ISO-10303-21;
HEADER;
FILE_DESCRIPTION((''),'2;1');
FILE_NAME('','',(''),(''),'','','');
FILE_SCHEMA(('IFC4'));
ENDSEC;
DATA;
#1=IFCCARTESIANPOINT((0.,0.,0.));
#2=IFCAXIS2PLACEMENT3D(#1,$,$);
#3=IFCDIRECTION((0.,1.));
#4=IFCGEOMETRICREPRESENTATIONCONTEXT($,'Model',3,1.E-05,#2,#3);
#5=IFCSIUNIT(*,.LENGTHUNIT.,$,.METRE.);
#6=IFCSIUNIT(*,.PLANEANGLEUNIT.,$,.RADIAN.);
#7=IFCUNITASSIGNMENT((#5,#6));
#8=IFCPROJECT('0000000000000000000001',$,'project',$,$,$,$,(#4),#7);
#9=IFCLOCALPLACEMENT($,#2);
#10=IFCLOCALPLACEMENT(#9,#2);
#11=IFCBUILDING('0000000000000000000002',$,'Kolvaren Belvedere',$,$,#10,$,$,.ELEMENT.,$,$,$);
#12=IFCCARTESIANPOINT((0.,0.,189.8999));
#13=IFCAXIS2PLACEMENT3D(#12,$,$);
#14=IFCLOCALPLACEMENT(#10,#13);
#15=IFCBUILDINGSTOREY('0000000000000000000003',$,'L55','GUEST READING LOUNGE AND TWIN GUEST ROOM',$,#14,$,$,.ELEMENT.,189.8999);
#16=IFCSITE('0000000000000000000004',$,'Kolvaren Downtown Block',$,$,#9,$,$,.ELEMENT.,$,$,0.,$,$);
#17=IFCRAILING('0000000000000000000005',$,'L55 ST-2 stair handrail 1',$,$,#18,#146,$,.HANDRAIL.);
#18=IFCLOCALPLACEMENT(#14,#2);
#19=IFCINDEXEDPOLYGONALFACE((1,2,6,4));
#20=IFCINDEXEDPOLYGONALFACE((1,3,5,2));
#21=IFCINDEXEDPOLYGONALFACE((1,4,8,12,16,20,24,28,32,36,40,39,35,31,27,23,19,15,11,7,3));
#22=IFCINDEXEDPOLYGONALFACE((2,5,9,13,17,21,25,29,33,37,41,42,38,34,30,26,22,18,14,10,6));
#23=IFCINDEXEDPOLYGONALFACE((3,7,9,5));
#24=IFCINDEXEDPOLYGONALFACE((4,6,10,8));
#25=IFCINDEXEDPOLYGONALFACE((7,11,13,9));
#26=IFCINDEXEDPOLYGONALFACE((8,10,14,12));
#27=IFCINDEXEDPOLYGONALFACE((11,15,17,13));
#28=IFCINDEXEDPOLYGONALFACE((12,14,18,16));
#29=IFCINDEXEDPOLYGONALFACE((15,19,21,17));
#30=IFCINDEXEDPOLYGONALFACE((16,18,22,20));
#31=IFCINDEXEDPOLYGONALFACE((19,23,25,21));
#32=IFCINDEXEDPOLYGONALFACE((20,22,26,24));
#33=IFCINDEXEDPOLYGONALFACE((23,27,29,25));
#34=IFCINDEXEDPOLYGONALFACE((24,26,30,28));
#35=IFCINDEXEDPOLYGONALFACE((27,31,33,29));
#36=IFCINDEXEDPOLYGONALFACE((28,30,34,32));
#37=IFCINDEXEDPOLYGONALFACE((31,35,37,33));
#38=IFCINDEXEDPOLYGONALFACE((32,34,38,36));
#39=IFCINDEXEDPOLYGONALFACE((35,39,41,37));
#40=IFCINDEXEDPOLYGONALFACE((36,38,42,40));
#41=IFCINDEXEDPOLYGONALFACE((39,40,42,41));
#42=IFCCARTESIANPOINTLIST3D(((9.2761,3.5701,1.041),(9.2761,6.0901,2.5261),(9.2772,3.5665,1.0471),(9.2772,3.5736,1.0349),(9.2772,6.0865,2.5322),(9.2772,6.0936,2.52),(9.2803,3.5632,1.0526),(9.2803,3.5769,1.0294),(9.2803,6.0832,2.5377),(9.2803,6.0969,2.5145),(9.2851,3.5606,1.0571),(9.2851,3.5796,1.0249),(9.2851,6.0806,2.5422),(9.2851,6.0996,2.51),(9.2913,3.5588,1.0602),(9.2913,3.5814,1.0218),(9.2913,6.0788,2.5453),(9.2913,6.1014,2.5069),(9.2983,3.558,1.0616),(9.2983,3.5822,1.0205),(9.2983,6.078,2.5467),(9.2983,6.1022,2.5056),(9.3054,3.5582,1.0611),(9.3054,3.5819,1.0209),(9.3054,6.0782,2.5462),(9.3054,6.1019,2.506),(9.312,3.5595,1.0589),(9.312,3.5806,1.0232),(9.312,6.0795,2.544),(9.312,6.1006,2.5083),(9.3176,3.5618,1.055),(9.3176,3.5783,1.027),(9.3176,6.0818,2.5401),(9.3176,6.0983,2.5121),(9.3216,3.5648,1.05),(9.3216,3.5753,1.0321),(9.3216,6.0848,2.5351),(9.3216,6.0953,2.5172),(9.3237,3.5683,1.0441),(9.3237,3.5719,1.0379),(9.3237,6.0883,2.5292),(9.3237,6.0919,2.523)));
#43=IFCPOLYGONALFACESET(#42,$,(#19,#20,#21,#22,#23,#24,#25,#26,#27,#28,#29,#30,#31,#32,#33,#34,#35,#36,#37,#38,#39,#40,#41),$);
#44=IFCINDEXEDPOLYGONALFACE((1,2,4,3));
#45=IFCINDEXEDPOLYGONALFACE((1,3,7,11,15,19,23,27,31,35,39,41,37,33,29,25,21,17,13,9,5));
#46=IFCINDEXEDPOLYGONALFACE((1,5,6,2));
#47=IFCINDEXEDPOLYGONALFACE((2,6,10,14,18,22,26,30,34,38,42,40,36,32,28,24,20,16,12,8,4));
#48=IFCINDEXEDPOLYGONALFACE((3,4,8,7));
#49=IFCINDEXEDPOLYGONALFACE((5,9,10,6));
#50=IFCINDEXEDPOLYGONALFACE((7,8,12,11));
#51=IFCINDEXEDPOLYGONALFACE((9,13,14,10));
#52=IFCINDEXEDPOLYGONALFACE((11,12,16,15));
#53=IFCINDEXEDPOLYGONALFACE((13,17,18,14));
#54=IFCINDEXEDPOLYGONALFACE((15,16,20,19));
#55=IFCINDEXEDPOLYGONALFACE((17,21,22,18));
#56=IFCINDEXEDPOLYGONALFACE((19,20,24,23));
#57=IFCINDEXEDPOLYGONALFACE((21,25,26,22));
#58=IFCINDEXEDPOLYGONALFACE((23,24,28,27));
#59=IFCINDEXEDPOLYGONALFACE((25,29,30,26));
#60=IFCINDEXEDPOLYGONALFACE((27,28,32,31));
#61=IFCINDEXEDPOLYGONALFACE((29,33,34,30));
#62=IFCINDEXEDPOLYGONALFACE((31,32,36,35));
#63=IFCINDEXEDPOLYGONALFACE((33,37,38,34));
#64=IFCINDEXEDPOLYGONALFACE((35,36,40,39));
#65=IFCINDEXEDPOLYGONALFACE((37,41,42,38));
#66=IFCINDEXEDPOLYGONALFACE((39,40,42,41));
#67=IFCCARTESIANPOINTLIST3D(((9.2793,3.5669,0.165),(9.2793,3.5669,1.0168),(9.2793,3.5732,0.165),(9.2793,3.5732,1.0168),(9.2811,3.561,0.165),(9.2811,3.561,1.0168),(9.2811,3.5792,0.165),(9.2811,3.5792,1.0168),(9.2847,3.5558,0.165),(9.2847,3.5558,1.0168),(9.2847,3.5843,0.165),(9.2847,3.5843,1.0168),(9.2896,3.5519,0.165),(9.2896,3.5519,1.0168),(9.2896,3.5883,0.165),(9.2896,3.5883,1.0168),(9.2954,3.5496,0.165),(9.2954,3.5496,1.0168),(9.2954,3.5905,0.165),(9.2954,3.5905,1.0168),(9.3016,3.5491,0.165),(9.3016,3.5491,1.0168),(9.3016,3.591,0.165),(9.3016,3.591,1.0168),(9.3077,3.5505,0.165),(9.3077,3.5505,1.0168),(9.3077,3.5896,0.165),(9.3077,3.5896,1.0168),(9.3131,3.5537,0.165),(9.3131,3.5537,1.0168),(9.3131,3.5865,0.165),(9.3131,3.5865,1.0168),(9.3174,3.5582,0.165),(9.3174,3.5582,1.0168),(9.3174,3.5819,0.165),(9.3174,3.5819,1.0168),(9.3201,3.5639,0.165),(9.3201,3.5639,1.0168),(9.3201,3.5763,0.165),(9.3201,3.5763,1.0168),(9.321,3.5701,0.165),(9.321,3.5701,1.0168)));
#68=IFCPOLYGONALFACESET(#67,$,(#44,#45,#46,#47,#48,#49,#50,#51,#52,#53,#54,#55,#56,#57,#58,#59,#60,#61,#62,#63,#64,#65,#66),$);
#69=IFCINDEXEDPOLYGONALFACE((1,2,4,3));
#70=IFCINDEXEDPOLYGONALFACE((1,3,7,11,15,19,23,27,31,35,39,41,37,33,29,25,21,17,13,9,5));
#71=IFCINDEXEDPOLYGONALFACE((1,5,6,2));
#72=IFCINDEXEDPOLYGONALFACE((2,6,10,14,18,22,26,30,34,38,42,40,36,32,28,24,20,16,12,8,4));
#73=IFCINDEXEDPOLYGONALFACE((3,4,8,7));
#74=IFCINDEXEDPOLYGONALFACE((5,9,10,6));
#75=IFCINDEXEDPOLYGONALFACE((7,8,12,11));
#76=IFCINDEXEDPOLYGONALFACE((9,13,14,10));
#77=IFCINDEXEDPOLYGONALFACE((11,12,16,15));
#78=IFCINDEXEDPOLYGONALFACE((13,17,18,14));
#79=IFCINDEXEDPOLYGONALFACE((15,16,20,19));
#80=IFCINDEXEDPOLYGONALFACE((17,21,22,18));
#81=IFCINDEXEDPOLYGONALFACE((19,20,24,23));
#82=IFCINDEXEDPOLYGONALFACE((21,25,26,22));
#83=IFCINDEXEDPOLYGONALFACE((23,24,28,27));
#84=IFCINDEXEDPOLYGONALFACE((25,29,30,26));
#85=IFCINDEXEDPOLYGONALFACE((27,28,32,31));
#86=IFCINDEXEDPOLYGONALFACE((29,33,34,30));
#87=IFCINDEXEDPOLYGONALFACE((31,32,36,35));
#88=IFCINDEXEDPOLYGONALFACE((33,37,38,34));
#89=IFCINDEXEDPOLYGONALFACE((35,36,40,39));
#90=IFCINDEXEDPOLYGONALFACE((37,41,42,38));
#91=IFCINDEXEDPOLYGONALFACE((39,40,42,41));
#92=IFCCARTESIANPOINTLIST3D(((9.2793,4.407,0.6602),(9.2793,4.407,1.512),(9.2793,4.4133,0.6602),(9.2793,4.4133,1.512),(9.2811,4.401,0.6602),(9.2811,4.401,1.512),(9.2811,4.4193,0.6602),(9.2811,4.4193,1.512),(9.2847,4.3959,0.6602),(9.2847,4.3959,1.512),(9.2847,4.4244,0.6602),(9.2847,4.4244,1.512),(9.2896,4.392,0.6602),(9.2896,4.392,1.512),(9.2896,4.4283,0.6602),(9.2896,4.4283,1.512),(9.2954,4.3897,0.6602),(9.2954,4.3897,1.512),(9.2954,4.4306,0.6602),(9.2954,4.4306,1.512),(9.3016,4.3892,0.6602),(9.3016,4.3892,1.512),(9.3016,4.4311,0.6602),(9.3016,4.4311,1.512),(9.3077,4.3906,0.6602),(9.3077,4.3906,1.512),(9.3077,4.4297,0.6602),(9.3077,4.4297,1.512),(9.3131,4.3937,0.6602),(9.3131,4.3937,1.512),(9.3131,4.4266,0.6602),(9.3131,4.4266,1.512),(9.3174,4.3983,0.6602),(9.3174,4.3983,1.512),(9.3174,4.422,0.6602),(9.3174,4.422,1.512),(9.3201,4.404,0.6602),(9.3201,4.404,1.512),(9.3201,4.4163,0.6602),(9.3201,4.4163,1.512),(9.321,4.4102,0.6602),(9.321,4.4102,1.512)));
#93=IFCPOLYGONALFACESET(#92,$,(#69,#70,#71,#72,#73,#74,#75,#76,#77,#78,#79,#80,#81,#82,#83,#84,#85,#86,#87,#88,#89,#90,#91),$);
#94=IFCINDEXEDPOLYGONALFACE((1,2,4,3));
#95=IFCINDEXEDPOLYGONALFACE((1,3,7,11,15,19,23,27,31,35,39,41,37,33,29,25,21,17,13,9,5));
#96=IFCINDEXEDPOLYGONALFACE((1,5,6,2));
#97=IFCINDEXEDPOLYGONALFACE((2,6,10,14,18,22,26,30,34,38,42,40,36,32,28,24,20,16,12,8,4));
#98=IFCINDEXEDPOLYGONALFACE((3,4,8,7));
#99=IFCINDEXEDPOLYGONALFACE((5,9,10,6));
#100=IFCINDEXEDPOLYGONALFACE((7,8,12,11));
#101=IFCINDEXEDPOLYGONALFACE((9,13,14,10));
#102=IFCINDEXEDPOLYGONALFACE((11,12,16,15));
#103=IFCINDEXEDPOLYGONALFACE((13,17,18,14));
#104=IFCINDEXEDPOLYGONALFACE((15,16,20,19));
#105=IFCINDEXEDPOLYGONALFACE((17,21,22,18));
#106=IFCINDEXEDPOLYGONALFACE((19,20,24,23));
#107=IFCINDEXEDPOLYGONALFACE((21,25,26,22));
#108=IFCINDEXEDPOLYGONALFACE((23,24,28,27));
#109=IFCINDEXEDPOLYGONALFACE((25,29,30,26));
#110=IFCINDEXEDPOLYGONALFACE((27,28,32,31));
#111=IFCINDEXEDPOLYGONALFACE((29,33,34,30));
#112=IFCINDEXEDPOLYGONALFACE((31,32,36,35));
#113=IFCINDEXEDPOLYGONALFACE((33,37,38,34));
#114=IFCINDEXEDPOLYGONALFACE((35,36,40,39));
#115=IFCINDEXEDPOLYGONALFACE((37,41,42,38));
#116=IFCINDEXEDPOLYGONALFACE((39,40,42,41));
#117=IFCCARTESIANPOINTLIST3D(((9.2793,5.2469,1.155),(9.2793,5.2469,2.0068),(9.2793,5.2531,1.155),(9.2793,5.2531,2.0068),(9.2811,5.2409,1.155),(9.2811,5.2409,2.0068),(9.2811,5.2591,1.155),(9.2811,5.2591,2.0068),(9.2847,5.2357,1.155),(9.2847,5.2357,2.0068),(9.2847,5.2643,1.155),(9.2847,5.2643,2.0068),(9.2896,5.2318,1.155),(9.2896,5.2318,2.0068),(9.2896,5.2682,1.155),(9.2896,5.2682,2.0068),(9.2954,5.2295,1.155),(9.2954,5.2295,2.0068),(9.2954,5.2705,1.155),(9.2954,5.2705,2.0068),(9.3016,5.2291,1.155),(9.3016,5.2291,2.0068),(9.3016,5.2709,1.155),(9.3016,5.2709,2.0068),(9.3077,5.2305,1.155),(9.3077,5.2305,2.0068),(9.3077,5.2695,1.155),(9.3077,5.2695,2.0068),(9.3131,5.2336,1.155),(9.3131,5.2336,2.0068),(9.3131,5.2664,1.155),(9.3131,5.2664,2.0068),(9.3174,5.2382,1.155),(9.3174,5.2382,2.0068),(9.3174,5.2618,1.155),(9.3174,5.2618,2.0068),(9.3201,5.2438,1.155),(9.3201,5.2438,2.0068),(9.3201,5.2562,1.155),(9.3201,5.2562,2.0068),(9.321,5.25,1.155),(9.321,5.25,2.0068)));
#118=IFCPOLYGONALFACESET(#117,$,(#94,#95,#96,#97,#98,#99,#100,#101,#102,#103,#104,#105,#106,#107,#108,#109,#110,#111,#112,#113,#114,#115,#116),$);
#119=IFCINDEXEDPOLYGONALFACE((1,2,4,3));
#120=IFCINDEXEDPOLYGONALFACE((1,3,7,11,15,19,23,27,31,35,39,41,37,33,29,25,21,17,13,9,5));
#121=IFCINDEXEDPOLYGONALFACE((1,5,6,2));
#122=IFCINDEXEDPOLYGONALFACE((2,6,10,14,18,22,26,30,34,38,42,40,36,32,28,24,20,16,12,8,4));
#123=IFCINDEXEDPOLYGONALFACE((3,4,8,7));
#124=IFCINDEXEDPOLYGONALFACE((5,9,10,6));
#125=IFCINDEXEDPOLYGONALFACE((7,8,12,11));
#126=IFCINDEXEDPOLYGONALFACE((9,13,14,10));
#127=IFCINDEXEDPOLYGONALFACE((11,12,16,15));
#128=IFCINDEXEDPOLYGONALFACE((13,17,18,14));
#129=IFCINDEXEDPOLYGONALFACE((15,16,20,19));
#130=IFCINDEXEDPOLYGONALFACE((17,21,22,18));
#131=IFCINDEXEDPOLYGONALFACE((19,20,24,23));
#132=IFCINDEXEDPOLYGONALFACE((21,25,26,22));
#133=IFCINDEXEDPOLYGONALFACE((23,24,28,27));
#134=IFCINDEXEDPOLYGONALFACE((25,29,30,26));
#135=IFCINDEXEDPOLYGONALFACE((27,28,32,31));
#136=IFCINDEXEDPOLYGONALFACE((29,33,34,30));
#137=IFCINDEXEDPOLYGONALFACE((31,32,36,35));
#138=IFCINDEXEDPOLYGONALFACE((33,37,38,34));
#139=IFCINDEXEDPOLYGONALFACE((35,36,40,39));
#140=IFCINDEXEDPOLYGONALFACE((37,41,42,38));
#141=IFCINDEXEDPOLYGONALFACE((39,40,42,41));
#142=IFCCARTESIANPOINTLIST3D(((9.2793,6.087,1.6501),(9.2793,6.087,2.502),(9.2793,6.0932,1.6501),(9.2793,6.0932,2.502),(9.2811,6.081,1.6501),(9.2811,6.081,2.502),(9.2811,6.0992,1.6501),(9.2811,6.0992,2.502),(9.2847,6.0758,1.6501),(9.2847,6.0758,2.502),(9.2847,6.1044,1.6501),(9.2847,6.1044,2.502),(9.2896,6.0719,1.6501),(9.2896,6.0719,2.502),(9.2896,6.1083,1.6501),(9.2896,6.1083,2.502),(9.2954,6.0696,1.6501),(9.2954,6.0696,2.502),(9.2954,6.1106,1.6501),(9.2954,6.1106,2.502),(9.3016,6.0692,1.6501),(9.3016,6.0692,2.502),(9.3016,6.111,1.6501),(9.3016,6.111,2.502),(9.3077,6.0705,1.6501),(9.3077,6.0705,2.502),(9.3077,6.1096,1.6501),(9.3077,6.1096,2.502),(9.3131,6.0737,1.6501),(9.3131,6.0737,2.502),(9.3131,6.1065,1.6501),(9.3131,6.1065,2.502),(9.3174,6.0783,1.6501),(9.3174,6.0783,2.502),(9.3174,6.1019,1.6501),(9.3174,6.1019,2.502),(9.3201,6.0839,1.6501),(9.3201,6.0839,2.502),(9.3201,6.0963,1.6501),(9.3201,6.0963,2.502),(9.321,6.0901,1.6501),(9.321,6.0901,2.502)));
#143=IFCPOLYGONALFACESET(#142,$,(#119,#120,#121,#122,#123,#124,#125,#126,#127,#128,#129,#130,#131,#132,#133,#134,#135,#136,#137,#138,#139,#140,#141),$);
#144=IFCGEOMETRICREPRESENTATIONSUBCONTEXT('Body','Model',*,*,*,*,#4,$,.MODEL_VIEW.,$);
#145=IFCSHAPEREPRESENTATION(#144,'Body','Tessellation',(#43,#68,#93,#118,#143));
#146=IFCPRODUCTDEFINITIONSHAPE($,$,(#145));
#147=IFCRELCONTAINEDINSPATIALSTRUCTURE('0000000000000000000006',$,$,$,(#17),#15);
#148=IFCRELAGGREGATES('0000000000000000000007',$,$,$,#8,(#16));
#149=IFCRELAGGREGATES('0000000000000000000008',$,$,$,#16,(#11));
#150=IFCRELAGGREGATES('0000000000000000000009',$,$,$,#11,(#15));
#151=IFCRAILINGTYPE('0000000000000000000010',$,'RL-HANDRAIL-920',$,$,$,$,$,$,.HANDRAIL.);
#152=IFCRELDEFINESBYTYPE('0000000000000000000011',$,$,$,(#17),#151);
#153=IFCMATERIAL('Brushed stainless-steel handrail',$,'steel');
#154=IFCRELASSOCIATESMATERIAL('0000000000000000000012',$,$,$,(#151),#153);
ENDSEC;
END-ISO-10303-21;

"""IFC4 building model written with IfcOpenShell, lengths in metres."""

from ifc_helpers import new_model, si_unit, direction, frame, origin, origin_2d, place, context, subcontext, project, spatial, circle, extrude, material, type_object, element, save


model = new_model("IFC4")

# Units and contexts
model_context = context("Model", 3, precision=1e-05, world=origin(), true_north=direction((0.0, 1.0)))
body_context = subcontext(model_context, "Body", "Model", "MODEL_VIEW")
ifc_project = project(units=[si_unit("LENGTHUNIT", "METRE"), si_unit("PLANEANGLEUNIT", "RADIAN")], contexts=[model_context])

# Site, building, storey
site_placement = place(None, origin())
site = spatial("IfcSite", under=ifc_project, at=site_placement, Name="Kolvaren Downtown Block", CompositionType="ELEMENT", RefElevation=0.0)
building_placement = place(site_placement, origin())
building = spatial("IfcBuilding", under=site, at=building_placement, Name="Kolvaren Belvedere", CompositionType="ELEMENT")
storey_placement = place(building_placement, frame((0.0, 0.0, 189.8999)))
storey = spatial("IfcBuildingStorey", under=building, at=storey_placement, Name="L55", Description="GUEST READING LOUNGE AND TWIN GUEST ROOM", CompositionType="ELEMENT", Elevation=189.8999)

# Railing
ifc_material_1 = material(Name="Brushed stainless-steel handrail", Category="steel")
railing_type_1 = type_object("IfcRailingType", Name="RL-HANDRAIL-920", PredefinedType="HANDRAIL", material=ifc_material_1)
railing_1_placement = place(storey_placement, frame((9.3, 3.5701, 0.165)))
element("IfcRailing", 1, at=railing_1_placement, inside=storey, type_object=railing_type_1, Name="L55 ST-2 stair handrail 1", PredefinedType="HANDRAIL", context=body_context, shape_type="SweptSolid", body=[
    extrude(circle(Radius=0.0239, at=origin_2d()), frame((0.0, 0.0, 0.876), z_axis=(0.0, 0.861524, 0.507717), x_axis=(-1.0, 0.0, 0.0)), (0.0, 0.0, 1.0), 2.925),
    extrude(circle(Radius=0.021, at=origin_2d()), origin(), (0.0, 0.0, 1.0), 0.8518),
    extrude(circle(Radius=0.021, at=origin_2d()), frame((0.0, 0.8401, 0.4951)), (0.0, 0.0, 1.0), 0.8518),
    extrude(circle(Radius=0.021, at=origin_2d()), frame((0.0, 1.6799, 0.99)), (0.0, 0.0, 1.0), 0.8518),
    extrude(circle(Radius=0.021, at=origin_2d()), frame((0.0, 2.52, 1.4851)), (0.0, 0.0, 1.0), 0.8518),
])

save(model, "model.ifc")
